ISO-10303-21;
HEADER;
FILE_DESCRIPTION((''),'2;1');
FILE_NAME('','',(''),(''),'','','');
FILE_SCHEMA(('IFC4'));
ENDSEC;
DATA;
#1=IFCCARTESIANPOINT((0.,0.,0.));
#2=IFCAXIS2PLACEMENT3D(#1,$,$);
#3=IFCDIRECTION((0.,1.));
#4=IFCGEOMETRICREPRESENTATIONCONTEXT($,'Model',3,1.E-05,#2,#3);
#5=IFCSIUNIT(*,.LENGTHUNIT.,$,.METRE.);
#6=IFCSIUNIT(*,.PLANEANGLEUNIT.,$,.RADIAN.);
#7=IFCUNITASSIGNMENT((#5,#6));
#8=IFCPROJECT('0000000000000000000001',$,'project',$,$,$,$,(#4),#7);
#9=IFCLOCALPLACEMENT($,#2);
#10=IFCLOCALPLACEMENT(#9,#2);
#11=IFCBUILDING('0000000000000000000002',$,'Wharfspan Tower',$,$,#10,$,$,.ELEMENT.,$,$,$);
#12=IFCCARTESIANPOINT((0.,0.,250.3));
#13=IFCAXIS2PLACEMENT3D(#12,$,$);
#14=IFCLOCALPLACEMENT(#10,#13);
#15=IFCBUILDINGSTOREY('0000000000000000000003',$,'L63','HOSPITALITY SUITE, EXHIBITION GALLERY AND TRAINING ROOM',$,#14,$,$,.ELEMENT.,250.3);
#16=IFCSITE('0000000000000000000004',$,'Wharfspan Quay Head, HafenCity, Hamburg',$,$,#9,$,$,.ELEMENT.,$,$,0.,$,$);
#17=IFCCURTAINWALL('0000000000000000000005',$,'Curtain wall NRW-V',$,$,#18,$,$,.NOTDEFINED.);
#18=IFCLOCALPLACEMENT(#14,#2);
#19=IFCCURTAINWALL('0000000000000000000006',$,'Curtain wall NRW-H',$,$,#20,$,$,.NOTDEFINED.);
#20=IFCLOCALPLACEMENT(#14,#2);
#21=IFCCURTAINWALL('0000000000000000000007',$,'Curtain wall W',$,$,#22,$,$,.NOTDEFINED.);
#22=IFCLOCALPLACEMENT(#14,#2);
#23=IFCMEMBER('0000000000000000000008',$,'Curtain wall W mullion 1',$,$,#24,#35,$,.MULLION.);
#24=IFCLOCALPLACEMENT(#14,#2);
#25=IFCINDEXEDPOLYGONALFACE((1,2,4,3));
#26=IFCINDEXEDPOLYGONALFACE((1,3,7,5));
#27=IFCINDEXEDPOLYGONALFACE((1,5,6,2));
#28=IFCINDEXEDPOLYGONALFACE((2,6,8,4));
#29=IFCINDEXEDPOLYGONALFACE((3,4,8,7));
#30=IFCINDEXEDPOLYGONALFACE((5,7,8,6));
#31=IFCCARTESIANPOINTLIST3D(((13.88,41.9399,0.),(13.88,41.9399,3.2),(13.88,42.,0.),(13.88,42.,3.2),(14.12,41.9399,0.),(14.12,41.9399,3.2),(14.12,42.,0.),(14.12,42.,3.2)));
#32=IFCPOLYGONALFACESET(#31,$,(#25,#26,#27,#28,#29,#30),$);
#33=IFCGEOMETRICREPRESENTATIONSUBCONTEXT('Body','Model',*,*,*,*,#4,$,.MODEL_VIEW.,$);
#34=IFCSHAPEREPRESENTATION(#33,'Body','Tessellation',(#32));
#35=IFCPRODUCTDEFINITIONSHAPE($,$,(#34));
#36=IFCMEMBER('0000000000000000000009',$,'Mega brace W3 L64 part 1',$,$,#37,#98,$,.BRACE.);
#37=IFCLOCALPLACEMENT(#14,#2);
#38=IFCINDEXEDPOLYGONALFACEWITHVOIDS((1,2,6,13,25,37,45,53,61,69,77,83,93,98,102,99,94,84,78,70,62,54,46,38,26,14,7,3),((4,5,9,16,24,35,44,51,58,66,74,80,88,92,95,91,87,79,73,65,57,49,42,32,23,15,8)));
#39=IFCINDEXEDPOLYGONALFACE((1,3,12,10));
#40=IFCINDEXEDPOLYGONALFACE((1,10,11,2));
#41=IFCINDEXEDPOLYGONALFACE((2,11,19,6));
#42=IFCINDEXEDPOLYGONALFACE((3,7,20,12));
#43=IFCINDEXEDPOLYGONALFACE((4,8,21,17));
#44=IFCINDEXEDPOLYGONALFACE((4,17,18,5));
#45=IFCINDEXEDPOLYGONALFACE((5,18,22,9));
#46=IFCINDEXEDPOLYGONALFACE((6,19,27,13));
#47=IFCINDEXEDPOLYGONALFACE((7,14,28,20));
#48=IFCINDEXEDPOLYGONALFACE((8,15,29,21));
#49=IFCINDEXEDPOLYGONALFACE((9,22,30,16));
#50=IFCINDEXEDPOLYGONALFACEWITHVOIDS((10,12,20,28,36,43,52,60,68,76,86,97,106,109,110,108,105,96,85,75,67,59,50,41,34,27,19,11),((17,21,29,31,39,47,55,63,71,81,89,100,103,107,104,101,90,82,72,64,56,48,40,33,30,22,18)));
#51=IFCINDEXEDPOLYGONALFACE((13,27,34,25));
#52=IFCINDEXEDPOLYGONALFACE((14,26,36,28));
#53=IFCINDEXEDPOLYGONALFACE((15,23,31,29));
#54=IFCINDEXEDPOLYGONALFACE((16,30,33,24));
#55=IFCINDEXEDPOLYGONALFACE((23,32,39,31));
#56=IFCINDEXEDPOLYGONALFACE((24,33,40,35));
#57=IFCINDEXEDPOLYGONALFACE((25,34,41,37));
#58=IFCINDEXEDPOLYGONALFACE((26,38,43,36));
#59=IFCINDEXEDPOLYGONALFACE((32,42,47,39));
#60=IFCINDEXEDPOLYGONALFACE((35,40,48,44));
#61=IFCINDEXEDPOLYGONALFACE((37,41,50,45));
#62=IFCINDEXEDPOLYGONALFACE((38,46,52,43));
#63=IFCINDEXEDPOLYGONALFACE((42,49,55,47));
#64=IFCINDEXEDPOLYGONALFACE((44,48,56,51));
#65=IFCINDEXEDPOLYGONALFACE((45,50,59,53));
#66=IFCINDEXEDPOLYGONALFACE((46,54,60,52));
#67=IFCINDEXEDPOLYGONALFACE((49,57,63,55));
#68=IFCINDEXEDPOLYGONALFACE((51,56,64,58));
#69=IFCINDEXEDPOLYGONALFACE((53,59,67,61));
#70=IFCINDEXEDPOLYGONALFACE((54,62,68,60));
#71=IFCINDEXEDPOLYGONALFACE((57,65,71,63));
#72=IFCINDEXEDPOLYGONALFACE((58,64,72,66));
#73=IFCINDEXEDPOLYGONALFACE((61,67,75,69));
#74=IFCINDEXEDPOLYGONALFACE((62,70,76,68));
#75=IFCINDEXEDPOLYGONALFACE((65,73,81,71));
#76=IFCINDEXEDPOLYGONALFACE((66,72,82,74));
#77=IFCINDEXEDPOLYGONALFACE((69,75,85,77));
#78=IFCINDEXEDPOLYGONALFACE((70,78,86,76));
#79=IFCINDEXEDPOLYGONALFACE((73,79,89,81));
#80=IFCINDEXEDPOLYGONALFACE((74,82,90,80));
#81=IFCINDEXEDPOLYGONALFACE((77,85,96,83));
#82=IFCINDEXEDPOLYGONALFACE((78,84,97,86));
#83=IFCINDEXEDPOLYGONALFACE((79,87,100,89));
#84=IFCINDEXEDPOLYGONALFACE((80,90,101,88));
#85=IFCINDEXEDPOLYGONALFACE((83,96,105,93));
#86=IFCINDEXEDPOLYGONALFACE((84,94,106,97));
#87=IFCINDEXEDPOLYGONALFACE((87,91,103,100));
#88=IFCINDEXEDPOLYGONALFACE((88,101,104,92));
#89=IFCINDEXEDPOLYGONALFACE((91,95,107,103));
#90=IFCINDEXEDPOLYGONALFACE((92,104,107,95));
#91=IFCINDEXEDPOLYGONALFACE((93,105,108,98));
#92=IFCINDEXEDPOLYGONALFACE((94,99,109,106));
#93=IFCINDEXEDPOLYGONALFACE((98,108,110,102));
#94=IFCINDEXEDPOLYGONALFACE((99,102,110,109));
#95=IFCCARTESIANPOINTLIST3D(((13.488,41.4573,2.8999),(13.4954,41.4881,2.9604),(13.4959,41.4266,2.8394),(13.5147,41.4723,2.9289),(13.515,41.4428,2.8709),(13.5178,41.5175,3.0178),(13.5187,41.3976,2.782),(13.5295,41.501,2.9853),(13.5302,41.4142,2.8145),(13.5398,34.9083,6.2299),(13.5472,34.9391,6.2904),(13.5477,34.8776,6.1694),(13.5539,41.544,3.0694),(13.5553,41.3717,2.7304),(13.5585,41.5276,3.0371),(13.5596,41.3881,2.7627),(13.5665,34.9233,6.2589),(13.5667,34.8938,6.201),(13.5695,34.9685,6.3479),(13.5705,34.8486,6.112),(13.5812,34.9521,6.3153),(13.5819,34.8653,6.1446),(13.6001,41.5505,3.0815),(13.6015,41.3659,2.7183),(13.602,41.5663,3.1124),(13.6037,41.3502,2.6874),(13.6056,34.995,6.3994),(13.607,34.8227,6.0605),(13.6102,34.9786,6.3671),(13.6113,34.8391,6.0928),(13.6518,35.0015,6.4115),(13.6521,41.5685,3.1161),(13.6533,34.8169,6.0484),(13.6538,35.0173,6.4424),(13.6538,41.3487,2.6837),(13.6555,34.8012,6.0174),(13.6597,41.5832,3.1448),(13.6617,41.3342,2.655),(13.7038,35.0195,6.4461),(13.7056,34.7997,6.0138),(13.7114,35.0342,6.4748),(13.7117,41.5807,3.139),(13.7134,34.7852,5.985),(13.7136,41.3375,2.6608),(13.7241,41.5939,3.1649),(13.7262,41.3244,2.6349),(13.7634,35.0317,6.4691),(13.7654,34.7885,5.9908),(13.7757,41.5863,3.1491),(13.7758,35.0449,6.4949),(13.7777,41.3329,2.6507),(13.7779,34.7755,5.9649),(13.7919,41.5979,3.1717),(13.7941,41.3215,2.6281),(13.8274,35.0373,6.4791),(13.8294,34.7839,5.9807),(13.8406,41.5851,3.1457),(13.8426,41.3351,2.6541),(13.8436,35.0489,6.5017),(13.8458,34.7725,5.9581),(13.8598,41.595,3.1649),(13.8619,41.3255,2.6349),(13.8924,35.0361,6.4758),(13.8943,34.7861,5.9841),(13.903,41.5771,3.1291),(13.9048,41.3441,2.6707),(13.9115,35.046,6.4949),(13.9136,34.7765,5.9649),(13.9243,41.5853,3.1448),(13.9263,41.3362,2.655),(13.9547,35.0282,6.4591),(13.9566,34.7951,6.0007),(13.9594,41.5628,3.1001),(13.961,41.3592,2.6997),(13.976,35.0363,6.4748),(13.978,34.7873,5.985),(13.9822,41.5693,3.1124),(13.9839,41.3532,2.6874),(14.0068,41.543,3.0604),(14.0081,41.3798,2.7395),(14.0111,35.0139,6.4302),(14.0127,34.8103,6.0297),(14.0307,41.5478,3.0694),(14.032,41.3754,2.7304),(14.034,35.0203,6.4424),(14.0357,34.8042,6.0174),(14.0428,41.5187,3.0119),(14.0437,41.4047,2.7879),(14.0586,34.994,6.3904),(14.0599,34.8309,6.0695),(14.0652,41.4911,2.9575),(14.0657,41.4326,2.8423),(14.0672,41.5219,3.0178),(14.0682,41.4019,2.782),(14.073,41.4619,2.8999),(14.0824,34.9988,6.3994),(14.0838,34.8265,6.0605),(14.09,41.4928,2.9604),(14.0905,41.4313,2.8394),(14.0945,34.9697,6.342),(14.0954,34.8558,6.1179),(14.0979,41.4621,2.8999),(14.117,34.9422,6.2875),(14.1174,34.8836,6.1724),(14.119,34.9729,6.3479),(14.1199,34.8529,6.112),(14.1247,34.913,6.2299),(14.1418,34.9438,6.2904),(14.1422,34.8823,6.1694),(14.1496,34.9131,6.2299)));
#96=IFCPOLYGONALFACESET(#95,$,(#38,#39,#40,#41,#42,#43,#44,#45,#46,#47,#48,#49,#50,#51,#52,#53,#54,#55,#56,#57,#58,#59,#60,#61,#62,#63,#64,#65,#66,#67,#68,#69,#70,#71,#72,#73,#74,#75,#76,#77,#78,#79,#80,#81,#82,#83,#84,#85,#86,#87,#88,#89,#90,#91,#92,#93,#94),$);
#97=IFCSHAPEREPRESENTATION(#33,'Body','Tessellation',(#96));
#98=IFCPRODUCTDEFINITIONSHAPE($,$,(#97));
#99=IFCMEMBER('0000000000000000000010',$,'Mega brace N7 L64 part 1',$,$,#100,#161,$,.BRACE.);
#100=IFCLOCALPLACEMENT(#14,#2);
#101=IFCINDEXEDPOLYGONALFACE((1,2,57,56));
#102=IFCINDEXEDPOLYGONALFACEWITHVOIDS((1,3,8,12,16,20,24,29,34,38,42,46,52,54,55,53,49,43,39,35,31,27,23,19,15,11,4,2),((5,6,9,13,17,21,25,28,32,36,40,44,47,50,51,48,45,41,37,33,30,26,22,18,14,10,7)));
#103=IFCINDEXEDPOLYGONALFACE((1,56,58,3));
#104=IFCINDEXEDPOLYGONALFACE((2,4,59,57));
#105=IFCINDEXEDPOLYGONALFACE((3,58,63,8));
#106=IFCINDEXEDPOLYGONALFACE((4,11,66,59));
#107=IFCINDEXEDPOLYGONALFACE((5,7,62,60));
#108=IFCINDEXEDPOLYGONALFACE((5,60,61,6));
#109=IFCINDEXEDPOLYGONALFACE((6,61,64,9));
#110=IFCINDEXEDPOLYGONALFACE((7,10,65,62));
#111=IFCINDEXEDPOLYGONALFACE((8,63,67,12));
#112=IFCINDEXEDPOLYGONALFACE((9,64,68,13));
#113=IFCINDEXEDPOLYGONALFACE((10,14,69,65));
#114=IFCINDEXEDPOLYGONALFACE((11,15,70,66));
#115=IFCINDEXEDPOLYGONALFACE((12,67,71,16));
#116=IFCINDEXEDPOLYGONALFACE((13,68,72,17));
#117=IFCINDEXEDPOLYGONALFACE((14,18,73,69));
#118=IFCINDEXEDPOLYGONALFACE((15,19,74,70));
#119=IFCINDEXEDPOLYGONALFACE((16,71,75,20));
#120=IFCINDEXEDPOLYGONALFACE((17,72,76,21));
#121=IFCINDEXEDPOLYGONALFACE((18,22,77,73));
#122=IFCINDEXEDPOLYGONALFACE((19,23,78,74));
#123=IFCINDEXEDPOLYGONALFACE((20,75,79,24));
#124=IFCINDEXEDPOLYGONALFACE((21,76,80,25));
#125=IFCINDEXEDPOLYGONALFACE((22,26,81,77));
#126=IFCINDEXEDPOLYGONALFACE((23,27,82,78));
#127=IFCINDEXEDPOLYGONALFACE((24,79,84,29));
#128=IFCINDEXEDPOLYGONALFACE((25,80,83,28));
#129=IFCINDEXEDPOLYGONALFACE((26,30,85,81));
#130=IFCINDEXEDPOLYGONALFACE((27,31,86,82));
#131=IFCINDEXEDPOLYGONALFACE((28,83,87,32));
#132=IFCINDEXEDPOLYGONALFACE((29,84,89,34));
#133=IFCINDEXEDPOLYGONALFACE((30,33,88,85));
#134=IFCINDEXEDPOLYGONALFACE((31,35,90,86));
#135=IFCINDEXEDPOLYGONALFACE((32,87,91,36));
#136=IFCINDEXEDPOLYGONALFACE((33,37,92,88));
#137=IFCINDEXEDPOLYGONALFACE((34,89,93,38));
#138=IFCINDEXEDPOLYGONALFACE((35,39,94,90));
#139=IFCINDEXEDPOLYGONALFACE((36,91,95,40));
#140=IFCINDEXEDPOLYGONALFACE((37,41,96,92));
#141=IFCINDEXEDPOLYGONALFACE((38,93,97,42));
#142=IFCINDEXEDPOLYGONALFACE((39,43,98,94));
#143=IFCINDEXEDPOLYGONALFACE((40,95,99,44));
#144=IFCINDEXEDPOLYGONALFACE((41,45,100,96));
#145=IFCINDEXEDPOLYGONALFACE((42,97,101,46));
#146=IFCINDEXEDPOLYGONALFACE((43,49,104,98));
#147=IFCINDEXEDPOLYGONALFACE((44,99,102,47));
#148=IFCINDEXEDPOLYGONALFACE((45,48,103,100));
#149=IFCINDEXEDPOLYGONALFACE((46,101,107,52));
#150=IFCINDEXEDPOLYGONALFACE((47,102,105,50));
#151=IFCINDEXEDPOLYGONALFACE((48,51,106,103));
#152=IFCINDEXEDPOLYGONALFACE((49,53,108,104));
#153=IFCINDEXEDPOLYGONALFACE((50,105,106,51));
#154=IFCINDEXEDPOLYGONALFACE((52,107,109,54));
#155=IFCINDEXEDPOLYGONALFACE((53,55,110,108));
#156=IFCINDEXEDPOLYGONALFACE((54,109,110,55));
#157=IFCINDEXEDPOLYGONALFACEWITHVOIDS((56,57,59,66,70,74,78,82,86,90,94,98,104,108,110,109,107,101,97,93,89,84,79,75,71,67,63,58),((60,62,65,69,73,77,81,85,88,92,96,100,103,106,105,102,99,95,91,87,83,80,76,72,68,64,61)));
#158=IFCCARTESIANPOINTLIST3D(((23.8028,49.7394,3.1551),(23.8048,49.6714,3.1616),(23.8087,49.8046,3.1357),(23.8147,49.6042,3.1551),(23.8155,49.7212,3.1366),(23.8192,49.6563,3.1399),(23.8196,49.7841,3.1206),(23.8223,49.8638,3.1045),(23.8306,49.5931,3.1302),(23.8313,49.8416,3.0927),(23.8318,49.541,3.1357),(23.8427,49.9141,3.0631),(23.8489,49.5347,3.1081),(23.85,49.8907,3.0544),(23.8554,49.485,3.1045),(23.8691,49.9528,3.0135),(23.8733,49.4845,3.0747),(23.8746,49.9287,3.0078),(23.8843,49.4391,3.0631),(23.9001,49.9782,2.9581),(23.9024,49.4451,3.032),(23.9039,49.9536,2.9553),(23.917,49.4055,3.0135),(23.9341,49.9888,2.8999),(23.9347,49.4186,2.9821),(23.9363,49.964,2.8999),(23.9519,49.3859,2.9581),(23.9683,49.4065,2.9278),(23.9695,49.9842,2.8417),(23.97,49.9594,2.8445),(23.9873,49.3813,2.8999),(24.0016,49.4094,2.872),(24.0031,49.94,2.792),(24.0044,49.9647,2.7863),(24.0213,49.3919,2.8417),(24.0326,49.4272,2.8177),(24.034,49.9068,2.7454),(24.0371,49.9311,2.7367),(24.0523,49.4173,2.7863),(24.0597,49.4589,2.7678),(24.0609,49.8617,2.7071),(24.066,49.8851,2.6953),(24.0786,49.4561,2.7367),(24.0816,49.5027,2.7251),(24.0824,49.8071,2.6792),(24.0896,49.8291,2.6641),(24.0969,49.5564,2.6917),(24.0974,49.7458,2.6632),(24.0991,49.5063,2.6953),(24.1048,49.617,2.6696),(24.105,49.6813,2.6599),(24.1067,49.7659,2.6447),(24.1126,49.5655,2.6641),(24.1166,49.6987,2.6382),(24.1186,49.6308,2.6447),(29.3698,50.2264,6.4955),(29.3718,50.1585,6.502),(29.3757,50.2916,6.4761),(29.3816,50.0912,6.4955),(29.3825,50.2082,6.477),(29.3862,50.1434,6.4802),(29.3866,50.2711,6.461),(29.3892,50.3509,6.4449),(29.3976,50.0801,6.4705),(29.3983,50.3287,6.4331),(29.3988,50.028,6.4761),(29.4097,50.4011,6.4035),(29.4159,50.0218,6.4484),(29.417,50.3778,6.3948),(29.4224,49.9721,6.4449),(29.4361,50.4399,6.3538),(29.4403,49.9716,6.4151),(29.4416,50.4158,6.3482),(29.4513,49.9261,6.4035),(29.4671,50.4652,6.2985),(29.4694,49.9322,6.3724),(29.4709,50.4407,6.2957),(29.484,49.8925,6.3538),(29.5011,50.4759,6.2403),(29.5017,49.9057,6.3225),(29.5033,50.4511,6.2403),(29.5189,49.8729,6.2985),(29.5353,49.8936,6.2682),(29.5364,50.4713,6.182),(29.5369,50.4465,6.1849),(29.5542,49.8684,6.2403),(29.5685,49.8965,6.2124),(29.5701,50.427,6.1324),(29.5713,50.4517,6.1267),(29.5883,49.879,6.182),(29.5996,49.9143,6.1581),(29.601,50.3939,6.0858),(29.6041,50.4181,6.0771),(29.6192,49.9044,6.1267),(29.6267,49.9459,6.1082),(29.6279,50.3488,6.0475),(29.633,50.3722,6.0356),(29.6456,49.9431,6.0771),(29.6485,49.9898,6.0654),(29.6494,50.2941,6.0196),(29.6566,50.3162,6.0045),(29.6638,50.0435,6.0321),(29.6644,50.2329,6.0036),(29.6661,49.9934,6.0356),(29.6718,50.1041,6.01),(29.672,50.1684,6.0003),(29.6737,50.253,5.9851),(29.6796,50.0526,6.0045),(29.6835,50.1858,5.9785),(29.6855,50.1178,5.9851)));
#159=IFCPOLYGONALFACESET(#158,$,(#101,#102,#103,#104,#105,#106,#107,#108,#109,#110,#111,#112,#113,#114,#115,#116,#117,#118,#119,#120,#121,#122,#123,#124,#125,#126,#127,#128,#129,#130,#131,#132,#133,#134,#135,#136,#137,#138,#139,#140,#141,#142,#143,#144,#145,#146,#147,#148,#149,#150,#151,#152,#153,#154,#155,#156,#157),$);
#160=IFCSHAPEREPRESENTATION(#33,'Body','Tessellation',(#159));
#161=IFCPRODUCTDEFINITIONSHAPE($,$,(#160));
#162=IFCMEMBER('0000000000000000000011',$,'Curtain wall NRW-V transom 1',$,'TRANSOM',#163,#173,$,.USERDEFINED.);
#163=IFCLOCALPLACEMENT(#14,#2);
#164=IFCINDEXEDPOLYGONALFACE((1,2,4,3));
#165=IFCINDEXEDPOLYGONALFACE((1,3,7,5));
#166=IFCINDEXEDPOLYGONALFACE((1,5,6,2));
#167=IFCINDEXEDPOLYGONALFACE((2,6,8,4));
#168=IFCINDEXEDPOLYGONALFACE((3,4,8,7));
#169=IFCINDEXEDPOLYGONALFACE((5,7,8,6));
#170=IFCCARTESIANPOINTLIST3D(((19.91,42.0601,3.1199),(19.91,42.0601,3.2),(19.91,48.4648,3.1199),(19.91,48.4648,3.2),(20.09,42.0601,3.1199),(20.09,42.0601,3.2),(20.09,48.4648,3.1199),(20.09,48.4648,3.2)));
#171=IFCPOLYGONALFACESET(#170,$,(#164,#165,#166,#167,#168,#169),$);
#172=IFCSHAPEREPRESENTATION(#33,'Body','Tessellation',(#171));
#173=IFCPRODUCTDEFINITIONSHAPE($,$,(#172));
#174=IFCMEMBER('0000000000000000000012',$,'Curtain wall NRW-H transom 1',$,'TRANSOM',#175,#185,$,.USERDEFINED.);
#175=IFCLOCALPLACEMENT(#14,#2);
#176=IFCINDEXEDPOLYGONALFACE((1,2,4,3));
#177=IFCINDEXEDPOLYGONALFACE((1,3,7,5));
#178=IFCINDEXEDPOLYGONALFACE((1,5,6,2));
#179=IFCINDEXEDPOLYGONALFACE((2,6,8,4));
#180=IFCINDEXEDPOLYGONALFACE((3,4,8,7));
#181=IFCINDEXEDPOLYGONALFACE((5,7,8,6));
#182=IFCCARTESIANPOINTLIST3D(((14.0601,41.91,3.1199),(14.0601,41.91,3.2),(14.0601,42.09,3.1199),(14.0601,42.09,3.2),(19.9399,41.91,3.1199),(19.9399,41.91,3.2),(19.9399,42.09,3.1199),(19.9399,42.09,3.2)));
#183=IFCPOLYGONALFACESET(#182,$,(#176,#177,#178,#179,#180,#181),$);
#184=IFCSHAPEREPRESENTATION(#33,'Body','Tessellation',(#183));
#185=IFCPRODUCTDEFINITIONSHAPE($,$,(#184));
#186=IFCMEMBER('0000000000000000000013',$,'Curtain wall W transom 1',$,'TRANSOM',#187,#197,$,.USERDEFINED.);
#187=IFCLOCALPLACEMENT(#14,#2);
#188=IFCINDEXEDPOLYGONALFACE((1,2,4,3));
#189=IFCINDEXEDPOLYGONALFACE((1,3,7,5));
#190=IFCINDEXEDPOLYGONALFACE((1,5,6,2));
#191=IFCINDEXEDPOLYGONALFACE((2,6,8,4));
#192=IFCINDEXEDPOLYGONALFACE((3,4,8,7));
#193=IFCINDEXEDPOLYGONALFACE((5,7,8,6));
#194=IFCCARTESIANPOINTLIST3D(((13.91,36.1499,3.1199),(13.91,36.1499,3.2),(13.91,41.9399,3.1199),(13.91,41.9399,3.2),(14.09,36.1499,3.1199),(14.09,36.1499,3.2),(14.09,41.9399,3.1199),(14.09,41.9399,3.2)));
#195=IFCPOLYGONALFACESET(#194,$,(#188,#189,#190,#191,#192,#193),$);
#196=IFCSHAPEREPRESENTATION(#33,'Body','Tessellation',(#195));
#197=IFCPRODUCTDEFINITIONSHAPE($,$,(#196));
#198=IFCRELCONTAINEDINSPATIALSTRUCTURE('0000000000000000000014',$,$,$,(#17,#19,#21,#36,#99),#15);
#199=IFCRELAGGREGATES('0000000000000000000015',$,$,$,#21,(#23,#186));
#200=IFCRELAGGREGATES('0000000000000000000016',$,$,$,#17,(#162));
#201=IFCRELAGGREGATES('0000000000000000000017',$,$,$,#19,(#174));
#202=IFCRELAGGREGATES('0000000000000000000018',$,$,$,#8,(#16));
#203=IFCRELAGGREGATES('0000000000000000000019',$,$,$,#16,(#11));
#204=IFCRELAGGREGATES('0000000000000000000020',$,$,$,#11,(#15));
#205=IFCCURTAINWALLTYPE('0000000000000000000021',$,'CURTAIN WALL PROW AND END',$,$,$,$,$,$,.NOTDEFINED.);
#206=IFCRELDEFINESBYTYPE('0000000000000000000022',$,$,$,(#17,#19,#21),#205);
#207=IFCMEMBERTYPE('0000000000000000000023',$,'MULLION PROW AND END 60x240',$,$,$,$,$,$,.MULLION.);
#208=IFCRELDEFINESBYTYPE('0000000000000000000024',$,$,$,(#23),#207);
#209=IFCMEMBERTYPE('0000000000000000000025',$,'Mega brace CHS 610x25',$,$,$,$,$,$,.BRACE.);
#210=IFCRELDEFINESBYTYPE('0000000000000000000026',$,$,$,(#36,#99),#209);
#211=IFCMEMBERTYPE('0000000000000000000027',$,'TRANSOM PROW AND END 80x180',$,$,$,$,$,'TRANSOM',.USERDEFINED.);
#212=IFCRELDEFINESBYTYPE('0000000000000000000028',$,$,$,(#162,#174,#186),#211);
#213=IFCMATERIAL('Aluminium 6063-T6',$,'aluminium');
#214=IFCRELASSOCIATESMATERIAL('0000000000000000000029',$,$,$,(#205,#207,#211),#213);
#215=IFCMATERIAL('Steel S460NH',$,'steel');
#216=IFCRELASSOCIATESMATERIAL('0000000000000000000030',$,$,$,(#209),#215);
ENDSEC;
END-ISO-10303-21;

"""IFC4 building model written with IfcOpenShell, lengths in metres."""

from ifc_helpers import new_model, si_unit, direction, frame, origin, origin_2d, place, context, subcontext, project, spatial, rectangle, hollow_circle, extrude, material, material_profile, profile_set, type_object, element, aggregate, save


model = new_model("IFC4")

# Units and contexts
model_context = context("Model", 3, precision=1e-05, world=origin(), true_north=direction((0.0, 1.0)))
body_context = subcontext(model_context, "Body", "Model", "MODEL_VIEW")
ifc_project = project(units=[si_unit("LENGTHUNIT", "METRE"), si_unit("PLANEANGLEUNIT", "RADIAN")], contexts=[model_context])

# Site, building, storey
site_placement = place(None, origin())
site = spatial("IfcSite", under=ifc_project, at=site_placement, Name="Wharfspan Quay Head, HafenCity, Hamburg", CompositionType="ELEMENT", RefElevation=0.0)
building_placement = place(site_placement, origin())
building = spatial("IfcBuilding", under=site, at=building_placement, Name="Wharfspan Tower", CompositionType="ELEMENT")
storey_placement = place(building_placement, frame((0.0, 0.0, 250.3)))
storey = spatial("IfcBuildingStorey", under=building, at=storey_placement, Name="L63", Description="HOSPITALITY SUITE, EXHIBITION GALLERY AND TRAINING ROOM", CompositionType="ELEMENT", Elevation=250.3)

# Curtain walls
ifc_material_1 = material(Name="Aluminium 6063-T6", Category="aluminium")
curtain_wall_type = type_object("IfcCurtainWallType", Name="CURTAIN WALL PROW AND END", PredefinedType="NOTDEFINED", material=ifc_material_1)
curtain_wall_1_placement = place(storey_placement, origin())
curtain_wall_1 = element("IfcCurtainWall", 1, at=curtain_wall_1_placement, inside=storey, type_object=curtain_wall_type, Name="Curtain wall NRW-V", PredefinedType="NOTDEFINED")
ifc_material_profile_1 = material_profile(ifc_material_1, rectangle(XDim=0.24, YDim=0.0601, at=origin_2d()))
ifc_profile_set_1 = profile_set([ifc_material_profile_1], Name="Aluminium 6063-T6")
member_type_1 = type_object("IfcMemberType", Name="MULLION PROW AND END 60x240", PredefinedType="MULLION", material=ifc_profile_set_1)
curtain_wall_2_placement = place(storey_placement, origin())
curtain_wall_2 = element("IfcCurtainWall", 2, at=curtain_wall_2_placement, inside=storey, type_object=curtain_wall_type, Name="Curtain wall NRW-H", PredefinedType="NOTDEFINED")

# Curtain wall, member
curtain_wall_3_placement = place(storey_placement, origin())
curtain_wall_3 = element("IfcCurtainWall", 3, at=curtain_wall_3_placement, inside=storey, type_object=curtain_wall_type, Name="Curtain wall W", PredefinedType="NOTDEFINED")
member_1_placement = place(storey_placement, frame((14.0, 41.97, 0.0), z_axis=(0.0, 0.0, 1.0), x_axis=(1.0, 0.0, 0.0)))
member_1 = element("IfcMember", 4, at=member_1_placement, type_object=member_type_1, Name="Curtain wall W mullion 1", PredefinedType="MULLION", context=body_context, shape_type="SweptSolid", body=[
    extrude(rectangle(XDim=0.24, YDim=0.0601, at=origin_2d()), origin(), (0.0, 0.0, 1.0), 3.2),
])

# Members
ifc_material_2 = material(Name="Steel S460NH", Category="steel")
ifc_material_profile_2 = material_profile(ifc_material_2, hollow_circle(Radius=0.3049, WallThickness=0.0249, at=origin_2d()))
ifc_profile_set_2 = profile_set([ifc_material_profile_2], Name="Steel S460NH")
member_type_2 = type_object("IfcMemberType", Name="Mega brace CHS 610x25", PredefinedType="BRACE", material=ifc_profile_set_2)
member_2_placement = place(storey_placement, frame((13.793, 41.4597, 2.8999), z_axis=(0.007044, -0.891361, 0.45324), x_axis=(0.999973, 0.007904, 0.000003)))
element("IfcMember", 5, at=member_2_placement, inside=storey, type_object=member_type_2, Name="Mega brace W3 L64 part 1", PredefinedType="BRACE", context=body_context, shape_type="SweptSolid", body=[
    extrude(hollow_circle(Radius=0.3049, WallThickness=0.0249, at=origin_2d()), origin(), (0.0, 0.0, 1.0), 7.3472),
])
member_3_placement = place(storey_placement, frame((23.9607, 49.6851, 2.8999), z_axis=(0.855077, 0.074813, 0.513076), x_axis=(-0.087161, 0.996195, 0.000002)))
element("IfcMember", 6, at=member_3_placement, inside=storey, type_object=member_type_2, Name="Mega brace N7 L64 part 1", PredefinedType="BRACE", context=body_context, shape_type="SweptSolid", body=[
    extrude(hollow_circle(Radius=0.3049, WallThickness=0.0249, at=origin_2d()), origin(), (0.0, 0.0, 1.0), 6.5105),
])

# Members
ifc_material_profile_3 = material_profile(ifc_material_1, rectangle(XDim=0.1799, YDim=0.0801, at=origin_2d()))
ifc_profile_set_3 = profile_set([ifc_material_profile_3], Name="Aluminium 6063-T6")
member_type_3 = type_object("IfcMemberType", Name="TRANSOM PROW AND END 80x180", ElementType="TRANSOM", PredefinedType="USERDEFINED", material=ifc_profile_set_3)
member_4_placement = place(storey_placement, frame((20.0, 48.4648, 3.1599), z_axis=(0.0, -1.0, 0.0), x_axis=(1.0, 0.0, 0.0)))
member_4 = element("IfcMember", 7, at=member_4_placement, type_object=member_type_3, Name="Curtain wall NRW-V transom 1", ObjectType="TRANSOM", PredefinedType="USERDEFINED", context=body_context, shape_type="SweptSolid", body=[
    extrude(rectangle(XDim=0.1799, YDim=0.0801, at=origin_2d()), origin(), (0.0, 0.0, 1.0), 6.4048),
])
member_5_placement = place(storey_placement, frame((19.9399, 42.0, 3.1599), z_axis=(-1.0, 0.0, 0.0), x_axis=(0.0, -1.0, 0.0)))
member_5 = element("IfcMember", 8, at=member_5_placement, type_object=member_type_3, Name="Curtain wall NRW-H transom 1", ObjectType="TRANSOM", PredefinedType="USERDEFINED", context=body_context, shape_type="SweptSolid", body=[
    extrude(rectangle(XDim=0.1799, YDim=0.0801, at=origin_2d()), origin(), (0.0, 0.0, 1.0), 5.8799),
])
member_6_placement = place(storey_placement, frame((14.0, 41.9399, 3.1599), z_axis=(0.0, -1.0, 0.0), x_axis=(1.0, 0.0, 0.0)))
member_6 = element("IfcMember", 9, at=member_6_placement, type_object=member_type_3, Name="Curtain wall W transom 1", ObjectType="TRANSOM", PredefinedType="USERDEFINED", context=body_context, shape_type="SweptSolid", body=[
    extrude(rectangle(XDim=0.1799, YDim=0.0801, at=origin_2d()), origin(), (0.0, 0.0, 1.0), 5.79),
])
aggregate(curtain_wall_3, [member_1, member_6])

aggregate(curtain_wall_1, [member_4])
aggregate(curtain_wall_2, [member_5])

save(model, "model.ifc")
